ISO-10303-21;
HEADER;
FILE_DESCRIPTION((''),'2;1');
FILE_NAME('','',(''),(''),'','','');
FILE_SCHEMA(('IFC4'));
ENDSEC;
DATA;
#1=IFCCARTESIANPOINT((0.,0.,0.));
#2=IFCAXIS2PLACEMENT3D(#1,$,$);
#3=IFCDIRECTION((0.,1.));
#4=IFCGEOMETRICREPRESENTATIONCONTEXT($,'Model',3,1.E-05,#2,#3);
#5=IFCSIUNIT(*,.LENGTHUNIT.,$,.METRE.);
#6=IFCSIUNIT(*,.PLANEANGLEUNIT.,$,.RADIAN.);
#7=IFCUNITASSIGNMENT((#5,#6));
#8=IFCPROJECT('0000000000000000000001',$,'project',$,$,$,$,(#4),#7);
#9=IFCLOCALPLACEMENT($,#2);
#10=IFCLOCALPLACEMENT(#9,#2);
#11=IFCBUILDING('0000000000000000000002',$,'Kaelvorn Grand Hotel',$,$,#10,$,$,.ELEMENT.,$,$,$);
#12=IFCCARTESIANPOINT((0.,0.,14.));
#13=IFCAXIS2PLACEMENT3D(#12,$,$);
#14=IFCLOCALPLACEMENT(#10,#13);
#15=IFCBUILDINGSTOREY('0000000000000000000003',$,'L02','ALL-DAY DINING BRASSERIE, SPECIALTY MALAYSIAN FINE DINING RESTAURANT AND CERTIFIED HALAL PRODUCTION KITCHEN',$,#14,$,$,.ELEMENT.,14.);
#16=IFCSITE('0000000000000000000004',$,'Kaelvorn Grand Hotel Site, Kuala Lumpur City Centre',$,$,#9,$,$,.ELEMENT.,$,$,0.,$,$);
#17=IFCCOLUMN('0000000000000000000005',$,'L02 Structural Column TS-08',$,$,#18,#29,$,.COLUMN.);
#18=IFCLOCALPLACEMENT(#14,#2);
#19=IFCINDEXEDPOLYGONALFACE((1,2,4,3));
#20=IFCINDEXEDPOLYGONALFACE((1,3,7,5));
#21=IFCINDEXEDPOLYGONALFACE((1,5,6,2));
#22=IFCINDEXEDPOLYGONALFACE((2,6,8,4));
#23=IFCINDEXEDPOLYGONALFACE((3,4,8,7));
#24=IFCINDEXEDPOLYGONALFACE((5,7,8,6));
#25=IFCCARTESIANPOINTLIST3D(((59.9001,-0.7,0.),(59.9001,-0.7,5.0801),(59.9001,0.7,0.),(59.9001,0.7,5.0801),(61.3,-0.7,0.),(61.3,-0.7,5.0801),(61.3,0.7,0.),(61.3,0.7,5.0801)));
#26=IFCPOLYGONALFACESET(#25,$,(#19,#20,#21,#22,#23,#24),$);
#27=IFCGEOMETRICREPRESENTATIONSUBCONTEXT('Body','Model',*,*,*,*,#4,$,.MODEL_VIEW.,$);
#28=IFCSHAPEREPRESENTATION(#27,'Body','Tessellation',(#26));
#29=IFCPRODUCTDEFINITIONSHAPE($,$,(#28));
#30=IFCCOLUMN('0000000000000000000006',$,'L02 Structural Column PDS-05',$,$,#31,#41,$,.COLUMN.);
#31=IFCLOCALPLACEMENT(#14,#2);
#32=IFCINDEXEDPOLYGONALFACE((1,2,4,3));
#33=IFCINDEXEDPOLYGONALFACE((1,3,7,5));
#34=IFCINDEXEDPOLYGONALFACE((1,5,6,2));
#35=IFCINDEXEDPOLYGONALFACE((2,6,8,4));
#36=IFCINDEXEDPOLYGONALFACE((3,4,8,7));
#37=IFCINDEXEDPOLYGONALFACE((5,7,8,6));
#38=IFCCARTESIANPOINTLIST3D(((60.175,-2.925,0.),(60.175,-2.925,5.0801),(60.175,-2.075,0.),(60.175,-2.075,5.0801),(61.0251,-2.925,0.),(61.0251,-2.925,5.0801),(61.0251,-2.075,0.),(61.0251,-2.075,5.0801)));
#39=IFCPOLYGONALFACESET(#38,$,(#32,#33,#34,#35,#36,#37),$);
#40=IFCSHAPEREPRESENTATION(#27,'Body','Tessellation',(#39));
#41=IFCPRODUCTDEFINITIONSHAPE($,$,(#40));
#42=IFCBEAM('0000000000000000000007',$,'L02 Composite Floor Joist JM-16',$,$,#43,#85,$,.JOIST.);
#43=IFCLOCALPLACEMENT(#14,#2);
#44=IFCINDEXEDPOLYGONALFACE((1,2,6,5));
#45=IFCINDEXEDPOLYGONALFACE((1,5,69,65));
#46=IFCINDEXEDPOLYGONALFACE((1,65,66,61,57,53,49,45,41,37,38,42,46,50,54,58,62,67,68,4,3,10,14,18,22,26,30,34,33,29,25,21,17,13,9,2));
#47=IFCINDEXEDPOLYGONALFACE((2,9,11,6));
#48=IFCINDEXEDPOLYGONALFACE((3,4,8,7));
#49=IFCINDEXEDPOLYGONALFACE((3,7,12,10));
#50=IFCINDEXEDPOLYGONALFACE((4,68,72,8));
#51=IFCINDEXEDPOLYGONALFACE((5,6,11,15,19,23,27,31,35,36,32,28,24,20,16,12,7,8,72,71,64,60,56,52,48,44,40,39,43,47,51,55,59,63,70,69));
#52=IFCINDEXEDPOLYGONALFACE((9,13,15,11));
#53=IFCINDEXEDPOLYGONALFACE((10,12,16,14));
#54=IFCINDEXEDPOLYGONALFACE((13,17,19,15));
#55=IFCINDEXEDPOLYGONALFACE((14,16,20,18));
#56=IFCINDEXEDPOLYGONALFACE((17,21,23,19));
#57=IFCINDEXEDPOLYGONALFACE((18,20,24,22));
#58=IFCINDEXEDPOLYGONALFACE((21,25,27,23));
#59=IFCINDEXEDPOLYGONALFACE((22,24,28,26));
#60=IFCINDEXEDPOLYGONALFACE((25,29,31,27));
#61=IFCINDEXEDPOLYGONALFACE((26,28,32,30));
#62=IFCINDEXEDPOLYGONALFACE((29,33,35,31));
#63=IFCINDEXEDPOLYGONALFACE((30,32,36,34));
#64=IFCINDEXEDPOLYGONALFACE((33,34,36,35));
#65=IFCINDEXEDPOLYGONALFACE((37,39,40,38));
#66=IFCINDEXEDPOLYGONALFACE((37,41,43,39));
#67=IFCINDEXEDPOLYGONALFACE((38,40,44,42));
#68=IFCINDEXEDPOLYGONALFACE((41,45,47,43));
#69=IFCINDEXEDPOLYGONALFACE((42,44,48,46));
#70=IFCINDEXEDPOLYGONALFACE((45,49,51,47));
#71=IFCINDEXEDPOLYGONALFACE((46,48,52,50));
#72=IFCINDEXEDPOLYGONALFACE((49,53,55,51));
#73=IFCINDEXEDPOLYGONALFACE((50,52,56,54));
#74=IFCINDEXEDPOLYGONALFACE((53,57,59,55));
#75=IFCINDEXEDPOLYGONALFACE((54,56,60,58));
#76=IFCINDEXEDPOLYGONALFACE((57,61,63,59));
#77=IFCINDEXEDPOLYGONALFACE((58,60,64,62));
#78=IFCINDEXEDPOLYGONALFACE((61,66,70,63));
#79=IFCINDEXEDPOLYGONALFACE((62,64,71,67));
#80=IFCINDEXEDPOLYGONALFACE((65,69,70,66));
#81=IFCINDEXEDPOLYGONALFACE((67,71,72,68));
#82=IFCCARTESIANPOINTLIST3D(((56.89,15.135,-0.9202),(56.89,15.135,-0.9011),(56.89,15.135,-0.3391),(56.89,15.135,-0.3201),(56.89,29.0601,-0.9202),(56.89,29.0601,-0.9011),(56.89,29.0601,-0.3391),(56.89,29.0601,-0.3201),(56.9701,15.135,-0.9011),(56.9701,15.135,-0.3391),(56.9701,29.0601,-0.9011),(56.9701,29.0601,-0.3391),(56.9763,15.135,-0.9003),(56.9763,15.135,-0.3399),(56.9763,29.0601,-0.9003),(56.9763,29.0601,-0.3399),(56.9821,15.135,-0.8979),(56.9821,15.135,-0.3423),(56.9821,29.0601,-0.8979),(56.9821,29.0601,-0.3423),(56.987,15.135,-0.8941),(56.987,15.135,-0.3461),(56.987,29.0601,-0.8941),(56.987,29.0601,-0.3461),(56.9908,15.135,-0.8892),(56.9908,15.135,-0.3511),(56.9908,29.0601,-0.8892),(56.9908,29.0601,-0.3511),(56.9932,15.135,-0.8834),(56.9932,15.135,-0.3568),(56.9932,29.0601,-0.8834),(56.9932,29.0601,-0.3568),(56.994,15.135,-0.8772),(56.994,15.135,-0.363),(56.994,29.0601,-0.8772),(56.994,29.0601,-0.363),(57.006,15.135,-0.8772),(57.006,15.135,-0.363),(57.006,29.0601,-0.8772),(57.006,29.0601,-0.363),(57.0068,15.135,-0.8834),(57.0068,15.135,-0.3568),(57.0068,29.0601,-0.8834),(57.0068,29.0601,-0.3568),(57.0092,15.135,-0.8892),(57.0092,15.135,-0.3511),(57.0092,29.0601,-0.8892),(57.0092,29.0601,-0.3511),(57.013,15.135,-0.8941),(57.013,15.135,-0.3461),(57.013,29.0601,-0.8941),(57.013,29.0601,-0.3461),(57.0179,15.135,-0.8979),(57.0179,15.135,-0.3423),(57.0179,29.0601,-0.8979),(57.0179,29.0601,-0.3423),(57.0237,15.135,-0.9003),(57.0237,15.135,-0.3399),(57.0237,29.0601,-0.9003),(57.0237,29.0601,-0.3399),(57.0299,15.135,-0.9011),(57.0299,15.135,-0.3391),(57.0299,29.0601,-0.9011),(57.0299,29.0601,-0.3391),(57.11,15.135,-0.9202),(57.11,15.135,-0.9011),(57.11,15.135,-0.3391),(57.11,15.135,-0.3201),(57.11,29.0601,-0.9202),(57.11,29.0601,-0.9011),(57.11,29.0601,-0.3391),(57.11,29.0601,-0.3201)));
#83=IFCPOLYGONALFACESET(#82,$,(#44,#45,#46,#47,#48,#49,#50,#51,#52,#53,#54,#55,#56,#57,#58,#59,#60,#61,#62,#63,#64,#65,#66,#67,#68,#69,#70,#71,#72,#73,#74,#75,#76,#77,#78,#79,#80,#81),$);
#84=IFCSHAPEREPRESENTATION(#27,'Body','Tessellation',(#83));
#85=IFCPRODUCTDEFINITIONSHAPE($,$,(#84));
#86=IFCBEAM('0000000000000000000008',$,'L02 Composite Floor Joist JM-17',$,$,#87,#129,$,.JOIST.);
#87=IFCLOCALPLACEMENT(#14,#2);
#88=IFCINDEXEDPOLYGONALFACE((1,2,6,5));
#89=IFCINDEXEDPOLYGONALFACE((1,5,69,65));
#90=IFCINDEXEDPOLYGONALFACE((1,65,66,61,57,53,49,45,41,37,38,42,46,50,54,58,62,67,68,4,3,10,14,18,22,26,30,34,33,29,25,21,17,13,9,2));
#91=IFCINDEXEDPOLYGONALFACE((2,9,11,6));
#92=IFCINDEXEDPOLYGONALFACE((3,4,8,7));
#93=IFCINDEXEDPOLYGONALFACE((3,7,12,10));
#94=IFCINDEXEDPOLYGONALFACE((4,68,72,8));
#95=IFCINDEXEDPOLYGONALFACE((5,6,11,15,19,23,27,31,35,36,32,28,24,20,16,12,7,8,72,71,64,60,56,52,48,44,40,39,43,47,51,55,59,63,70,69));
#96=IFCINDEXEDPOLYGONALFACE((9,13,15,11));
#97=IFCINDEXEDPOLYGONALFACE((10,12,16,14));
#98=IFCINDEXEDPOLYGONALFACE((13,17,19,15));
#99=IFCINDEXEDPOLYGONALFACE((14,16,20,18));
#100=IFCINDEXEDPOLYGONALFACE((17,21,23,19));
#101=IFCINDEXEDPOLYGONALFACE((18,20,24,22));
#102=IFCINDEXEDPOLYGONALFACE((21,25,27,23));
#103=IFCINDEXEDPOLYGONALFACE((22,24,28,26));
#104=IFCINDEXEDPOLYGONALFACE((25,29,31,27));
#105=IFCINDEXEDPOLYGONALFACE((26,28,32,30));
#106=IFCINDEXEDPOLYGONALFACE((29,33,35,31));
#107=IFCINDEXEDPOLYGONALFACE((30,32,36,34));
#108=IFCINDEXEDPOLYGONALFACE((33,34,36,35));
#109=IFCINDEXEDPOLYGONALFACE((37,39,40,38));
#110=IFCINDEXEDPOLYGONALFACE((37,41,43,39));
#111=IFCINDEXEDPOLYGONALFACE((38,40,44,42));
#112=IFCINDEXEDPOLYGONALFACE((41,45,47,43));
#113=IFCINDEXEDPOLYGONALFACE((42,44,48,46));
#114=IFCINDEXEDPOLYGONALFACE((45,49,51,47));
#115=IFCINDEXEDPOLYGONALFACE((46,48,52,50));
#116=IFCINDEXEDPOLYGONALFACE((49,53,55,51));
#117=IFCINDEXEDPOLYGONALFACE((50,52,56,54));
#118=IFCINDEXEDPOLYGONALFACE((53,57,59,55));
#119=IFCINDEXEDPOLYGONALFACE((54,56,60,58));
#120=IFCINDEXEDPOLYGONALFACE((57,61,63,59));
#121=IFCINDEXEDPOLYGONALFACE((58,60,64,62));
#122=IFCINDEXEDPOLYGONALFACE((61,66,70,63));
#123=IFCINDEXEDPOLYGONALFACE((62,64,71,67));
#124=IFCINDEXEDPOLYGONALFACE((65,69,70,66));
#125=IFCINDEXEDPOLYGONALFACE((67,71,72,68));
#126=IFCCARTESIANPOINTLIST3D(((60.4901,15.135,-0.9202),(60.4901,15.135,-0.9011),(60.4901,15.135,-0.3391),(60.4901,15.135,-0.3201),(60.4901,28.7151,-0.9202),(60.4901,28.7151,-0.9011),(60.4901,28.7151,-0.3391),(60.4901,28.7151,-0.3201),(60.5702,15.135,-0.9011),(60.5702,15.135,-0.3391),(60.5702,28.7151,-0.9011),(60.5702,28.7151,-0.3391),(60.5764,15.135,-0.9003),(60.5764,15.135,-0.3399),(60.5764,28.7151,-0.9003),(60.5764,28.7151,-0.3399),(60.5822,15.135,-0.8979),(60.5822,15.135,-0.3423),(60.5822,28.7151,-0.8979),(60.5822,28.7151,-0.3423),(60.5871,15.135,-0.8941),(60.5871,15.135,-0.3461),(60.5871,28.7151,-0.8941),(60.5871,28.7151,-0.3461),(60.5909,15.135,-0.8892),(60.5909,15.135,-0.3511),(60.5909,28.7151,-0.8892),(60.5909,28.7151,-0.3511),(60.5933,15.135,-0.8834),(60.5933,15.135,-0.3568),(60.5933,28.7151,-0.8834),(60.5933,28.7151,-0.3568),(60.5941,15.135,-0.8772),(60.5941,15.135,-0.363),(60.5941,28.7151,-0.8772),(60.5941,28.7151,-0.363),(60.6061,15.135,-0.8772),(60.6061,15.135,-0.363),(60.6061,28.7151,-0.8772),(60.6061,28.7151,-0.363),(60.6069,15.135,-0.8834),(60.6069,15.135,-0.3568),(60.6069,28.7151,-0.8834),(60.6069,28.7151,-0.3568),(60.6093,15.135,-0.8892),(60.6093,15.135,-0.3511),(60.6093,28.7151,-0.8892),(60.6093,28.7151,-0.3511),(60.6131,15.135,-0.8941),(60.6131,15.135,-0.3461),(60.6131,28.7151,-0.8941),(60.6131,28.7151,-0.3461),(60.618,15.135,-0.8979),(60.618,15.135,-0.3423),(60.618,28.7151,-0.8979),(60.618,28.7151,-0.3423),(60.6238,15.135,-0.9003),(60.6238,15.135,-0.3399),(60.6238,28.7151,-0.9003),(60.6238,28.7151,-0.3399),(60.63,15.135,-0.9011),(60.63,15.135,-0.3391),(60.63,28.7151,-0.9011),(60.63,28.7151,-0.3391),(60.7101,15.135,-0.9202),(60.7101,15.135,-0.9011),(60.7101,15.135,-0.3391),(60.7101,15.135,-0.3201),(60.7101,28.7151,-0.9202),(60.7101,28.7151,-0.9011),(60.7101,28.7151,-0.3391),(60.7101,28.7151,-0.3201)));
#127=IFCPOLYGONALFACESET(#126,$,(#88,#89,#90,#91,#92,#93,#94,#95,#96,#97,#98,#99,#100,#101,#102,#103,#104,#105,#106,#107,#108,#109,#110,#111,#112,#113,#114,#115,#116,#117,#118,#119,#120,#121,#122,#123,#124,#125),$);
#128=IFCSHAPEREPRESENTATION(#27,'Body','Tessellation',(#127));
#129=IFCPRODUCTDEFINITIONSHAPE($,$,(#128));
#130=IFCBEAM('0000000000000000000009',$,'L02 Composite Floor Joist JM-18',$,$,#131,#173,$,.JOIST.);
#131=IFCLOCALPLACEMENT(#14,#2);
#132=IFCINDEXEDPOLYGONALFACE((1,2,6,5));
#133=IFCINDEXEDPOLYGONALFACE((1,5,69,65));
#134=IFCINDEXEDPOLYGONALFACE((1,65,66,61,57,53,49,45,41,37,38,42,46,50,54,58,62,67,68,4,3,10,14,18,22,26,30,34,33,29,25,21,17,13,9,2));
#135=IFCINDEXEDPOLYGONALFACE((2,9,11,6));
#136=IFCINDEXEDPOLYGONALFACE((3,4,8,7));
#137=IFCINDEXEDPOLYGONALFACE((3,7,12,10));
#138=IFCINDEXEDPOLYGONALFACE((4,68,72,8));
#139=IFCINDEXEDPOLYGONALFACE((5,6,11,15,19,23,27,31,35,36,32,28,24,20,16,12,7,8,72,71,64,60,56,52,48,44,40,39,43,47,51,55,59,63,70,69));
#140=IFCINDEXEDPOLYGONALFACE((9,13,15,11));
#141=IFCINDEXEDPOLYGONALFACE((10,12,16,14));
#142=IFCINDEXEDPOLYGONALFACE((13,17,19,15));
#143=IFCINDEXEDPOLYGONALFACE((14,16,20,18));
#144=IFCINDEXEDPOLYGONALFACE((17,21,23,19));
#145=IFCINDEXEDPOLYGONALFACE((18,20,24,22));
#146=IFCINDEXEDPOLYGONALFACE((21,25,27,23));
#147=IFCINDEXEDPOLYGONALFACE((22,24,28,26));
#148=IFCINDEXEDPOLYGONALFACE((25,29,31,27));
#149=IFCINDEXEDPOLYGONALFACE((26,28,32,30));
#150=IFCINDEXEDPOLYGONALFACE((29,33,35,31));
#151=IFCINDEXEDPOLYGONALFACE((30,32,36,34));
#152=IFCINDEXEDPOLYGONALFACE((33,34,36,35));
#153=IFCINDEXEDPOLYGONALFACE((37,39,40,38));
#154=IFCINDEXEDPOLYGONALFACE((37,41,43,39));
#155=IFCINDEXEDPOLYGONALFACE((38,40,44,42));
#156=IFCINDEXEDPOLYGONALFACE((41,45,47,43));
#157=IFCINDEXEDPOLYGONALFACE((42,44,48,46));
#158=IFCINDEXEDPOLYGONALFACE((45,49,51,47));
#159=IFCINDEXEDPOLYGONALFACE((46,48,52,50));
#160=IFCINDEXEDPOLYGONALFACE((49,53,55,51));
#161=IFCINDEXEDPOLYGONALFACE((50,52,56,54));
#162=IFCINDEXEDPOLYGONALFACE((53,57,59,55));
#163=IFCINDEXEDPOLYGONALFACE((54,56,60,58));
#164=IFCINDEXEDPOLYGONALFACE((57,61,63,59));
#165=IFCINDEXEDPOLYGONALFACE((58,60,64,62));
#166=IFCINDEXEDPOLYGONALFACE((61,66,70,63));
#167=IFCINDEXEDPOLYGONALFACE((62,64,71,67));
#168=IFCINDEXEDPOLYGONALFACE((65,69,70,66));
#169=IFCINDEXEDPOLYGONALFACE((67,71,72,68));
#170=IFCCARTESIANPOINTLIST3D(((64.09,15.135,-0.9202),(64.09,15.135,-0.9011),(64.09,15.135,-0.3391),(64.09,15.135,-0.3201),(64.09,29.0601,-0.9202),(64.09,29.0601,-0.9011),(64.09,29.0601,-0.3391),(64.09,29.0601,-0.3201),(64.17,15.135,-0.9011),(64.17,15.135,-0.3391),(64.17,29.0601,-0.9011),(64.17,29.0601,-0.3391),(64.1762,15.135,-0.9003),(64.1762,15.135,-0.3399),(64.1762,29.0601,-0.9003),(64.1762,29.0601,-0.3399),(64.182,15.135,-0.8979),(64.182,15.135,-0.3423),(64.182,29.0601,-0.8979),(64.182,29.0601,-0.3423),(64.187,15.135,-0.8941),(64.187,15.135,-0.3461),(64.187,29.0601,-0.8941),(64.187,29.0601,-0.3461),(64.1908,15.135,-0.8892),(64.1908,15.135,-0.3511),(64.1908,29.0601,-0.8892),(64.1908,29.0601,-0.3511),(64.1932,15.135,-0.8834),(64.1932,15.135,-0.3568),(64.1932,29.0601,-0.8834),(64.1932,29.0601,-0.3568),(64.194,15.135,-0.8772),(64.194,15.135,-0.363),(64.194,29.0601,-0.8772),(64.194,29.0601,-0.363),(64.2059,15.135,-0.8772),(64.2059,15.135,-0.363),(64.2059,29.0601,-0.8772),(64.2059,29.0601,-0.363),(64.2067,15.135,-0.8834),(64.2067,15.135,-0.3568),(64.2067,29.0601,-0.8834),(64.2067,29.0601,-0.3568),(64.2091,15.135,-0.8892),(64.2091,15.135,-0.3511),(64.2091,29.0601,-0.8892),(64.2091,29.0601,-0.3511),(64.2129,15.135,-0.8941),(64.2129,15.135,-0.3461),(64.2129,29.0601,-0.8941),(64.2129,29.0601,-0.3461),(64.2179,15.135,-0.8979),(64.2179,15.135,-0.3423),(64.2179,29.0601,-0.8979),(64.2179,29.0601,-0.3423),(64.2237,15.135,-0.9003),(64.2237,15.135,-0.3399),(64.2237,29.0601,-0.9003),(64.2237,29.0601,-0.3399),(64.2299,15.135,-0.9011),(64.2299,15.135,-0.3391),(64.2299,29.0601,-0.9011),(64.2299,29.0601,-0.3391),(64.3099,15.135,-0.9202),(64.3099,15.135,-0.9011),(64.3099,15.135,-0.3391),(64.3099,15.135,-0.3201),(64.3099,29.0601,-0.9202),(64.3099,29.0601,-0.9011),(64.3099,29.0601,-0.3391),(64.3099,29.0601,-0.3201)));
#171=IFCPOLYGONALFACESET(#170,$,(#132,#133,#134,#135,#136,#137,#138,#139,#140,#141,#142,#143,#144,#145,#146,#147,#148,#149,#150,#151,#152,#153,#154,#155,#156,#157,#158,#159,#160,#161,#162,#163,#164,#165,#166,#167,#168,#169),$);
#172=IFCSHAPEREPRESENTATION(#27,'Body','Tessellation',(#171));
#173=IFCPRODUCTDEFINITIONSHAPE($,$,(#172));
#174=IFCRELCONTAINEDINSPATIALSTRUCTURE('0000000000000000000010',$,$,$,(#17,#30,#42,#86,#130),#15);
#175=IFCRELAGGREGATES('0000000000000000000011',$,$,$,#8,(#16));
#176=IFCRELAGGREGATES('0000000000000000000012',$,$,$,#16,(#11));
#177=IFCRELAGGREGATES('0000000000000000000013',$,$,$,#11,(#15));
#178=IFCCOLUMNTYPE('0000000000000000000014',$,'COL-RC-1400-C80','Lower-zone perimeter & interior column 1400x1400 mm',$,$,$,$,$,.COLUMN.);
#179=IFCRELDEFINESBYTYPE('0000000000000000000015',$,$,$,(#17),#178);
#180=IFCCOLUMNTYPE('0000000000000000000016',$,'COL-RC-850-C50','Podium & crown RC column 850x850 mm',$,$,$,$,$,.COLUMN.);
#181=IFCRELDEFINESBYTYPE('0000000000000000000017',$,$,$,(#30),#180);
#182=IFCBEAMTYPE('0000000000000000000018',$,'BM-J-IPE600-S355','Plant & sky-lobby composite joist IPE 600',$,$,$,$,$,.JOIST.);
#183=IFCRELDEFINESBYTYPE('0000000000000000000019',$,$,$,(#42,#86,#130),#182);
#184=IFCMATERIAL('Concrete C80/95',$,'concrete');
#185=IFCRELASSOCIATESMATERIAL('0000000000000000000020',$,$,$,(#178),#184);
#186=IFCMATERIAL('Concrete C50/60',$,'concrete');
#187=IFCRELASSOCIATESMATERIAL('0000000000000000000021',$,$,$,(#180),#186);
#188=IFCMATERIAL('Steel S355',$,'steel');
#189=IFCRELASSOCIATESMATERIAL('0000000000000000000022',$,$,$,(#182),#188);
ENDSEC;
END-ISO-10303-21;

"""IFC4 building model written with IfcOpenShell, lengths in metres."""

from ifc_helpers import new_model, si_unit, direction, frame, origin, origin_2d, place, context, subcontext, project, spatial, rectangle, i_section, extrude, material, material_profile, profile_set, type_object, element, save


model = new_model("IFC4")

# Units and contexts
model_context = context("Model", 3, precision=1e-05, world=origin(), true_north=direction((0.0, 1.0)))
body_context = subcontext(model_context, "Body", "Model", "MODEL_VIEW")
ifc_project = project(units=[si_unit("LENGTHUNIT", "METRE"), si_unit("PLANEANGLEUNIT", "RADIAN")], contexts=[model_context])

# Site, building, storey
site_placement = place(None, origin())
site = spatial("IfcSite", under=ifc_project, at=site_placement, Name="Kaelvorn Grand Hotel Site, Kuala Lumpur City Centre", CompositionType="ELEMENT", RefElevation=0.0)
building_placement = place(site_placement, origin())
building = spatial("IfcBuilding", under=site, at=building_placement, Name="Kaelvorn Grand Hotel", CompositionType="ELEMENT")
storey_placement = place(building_placement, frame((0.0, 0.0, 14.0)))
storey = spatial("IfcBuildingStorey", under=building, at=storey_placement, Name="L02", Description="ALL-DAY DINING BRASSERIE, SPECIALTY MALAYSIAN FINE DINING RESTAURANT AND CERTIFIED HALAL PRODUCTION KITCHEN", CompositionType="ELEMENT", Elevation=14.0)

# Columns
ifc_material_1 = material(Name="Concrete C80/95", Category="concrete")
ifc_material_profile_1 = material_profile(ifc_material_1, rectangle(XDim=1.3999, YDim=1.3999, at=origin_2d()), Name="RC COL 1400x1400")
ifc_profile_set_1 = profile_set([ifc_material_profile_1], Name="Concrete C80/95")
column_type_1 = type_object("IfcColumnType", Name="COL-RC-1400-C80", Description="Lower-zone perimeter & interior column 1400x1400 mm", PredefinedType="COLUMN", material=ifc_profile_set_1)
column_1_placement = place(storey_placement, frame((60.6001, 0.0, 0.0), z_axis=(0.0, 0.0, 1.0), x_axis=(1.0, 0.0, 0.0)))
element("IfcColumn", 1, at=column_1_placement, inside=storey, type_object=column_type_1, Name="L02 Structural Column TS-08", PredefinedType="COLUMN", context=body_context, shape_type="SweptSolid", body=[
    extrude(rectangle(XDim=1.3999, YDim=1.3999, at=origin_2d()), origin(), (0.0, 0.0, 1.0), 5.0801),
])
ifc_material_2 = material(Name="Concrete C50/60", Category="concrete")
ifc_material_profile_2 = material_profile(ifc_material_2, rectangle(XDim=0.8501, YDim=0.8501, at=origin_2d()), Name="RC COL 850x850")
ifc_profile_set_2 = profile_set([ifc_material_profile_2], Name="Concrete C50/60")
column_type_2 = type_object("IfcColumnType", Name="COL-RC-850-C50", Description="Podium & crown RC column 850x850 mm", PredefinedType="COLUMN", material=ifc_profile_set_2)
column_2_placement = place(storey_placement, frame((60.6001, -2.5, 0.0), z_axis=(0.0, 0.0, 1.0), x_axis=(1.0, 0.0, 0.0)))
element("IfcColumn", 2, at=column_2_placement, inside=storey, type_object=column_type_2, Name="L02 Structural Column PDS-05", PredefinedType="COLUMN", context=body_context, shape_type="SweptSolid", body=[
    extrude(rectangle(XDim=0.8501, YDim=0.8501, at=origin_2d()), origin(), (0.0, 0.0, 1.0), 5.0801),
])

# Beams
ifc_material_3 = material(Name="Steel S355", Category="steel")
ifc_material_profile_3 = material_profile(ifc_material_3, i_section(OverallWidth=0.22, OverallDepth=0.6001, WebThickness=0.012, FlangeThickness=0.019, FilletRadius=0.0239, at=origin_2d()), Name="IPE 600")
ifc_profile_set_3 = profile_set([ifc_material_profile_3], Name="Steel S355")
beam_type_1 = type_object("IfcBeamType", Name="BM-J-IPE600-S355", Description="Plant & sky-lobby composite joist IPE 600", PredefinedType="JOIST", material=ifc_profile_set_3)
beam_1_placement = place(storey_placement, frame((57.0, 15.135, -0.6201), z_axis=(0.0, 1.0, 0.0), x_axis=(-1.0, 0.0, 0.0)))
element("IfcBeam", 3, at=beam_1_placement, inside=storey, type_object=beam_type_1, Name="L02 Composite Floor Joist JM-16", PredefinedType="JOIST", context=body_context, shape_type="SweptSolid", body=[
    extrude(i_section(OverallWidth=0.22, OverallDepth=0.6001, WebThickness=0.012, FlangeThickness=0.019, FilletRadius=0.0239, at=origin_2d()), origin(), (0.0, 0.0, 1.0), 13.925),
])
beam_2_placement = place(storey_placement, frame((60.6001, 15.135, -0.6201), z_axis=(0.0, 1.0, 0.0), x_axis=(-1.0, 0.0, 0.0)))
element("IfcBeam", 4, at=beam_2_placement, inside=storey, type_object=beam_type_1, Name="L02 Composite Floor Joist JM-17", PredefinedType="JOIST", context=body_context, shape_type="SweptSolid", body=[
    extrude(i_section(OverallWidth=0.22, OverallDepth=0.6001, WebThickness=0.012, FlangeThickness=0.019, FilletRadius=0.0239, at=origin_2d()), origin(), (0.0, 0.0, 1.0), 13.5801),
])
beam_3_placement = place(storey_placement, frame((64.2, 15.135, -0.6201), z_axis=(0.0, 1.0, 0.0), x_axis=(-1.0, 0.0, 0.0)))
element("IfcBeam", 5, at=beam_3_placement, inside=storey, type_object=beam_type_1, Name="L02 Composite Floor Joist JM-18", PredefinedType="JOIST", context=body_context, shape_type="SweptSolid", body=[
    extrude(i_section(OverallWidth=0.22, OverallDepth=0.6001, WebThickness=0.012, FlangeThickness=0.019, FilletRadius=0.0239, at=origin_2d()), origin(), (0.0, 0.0, 1.0), 13.925),
])

save(model, "model.ifc")
